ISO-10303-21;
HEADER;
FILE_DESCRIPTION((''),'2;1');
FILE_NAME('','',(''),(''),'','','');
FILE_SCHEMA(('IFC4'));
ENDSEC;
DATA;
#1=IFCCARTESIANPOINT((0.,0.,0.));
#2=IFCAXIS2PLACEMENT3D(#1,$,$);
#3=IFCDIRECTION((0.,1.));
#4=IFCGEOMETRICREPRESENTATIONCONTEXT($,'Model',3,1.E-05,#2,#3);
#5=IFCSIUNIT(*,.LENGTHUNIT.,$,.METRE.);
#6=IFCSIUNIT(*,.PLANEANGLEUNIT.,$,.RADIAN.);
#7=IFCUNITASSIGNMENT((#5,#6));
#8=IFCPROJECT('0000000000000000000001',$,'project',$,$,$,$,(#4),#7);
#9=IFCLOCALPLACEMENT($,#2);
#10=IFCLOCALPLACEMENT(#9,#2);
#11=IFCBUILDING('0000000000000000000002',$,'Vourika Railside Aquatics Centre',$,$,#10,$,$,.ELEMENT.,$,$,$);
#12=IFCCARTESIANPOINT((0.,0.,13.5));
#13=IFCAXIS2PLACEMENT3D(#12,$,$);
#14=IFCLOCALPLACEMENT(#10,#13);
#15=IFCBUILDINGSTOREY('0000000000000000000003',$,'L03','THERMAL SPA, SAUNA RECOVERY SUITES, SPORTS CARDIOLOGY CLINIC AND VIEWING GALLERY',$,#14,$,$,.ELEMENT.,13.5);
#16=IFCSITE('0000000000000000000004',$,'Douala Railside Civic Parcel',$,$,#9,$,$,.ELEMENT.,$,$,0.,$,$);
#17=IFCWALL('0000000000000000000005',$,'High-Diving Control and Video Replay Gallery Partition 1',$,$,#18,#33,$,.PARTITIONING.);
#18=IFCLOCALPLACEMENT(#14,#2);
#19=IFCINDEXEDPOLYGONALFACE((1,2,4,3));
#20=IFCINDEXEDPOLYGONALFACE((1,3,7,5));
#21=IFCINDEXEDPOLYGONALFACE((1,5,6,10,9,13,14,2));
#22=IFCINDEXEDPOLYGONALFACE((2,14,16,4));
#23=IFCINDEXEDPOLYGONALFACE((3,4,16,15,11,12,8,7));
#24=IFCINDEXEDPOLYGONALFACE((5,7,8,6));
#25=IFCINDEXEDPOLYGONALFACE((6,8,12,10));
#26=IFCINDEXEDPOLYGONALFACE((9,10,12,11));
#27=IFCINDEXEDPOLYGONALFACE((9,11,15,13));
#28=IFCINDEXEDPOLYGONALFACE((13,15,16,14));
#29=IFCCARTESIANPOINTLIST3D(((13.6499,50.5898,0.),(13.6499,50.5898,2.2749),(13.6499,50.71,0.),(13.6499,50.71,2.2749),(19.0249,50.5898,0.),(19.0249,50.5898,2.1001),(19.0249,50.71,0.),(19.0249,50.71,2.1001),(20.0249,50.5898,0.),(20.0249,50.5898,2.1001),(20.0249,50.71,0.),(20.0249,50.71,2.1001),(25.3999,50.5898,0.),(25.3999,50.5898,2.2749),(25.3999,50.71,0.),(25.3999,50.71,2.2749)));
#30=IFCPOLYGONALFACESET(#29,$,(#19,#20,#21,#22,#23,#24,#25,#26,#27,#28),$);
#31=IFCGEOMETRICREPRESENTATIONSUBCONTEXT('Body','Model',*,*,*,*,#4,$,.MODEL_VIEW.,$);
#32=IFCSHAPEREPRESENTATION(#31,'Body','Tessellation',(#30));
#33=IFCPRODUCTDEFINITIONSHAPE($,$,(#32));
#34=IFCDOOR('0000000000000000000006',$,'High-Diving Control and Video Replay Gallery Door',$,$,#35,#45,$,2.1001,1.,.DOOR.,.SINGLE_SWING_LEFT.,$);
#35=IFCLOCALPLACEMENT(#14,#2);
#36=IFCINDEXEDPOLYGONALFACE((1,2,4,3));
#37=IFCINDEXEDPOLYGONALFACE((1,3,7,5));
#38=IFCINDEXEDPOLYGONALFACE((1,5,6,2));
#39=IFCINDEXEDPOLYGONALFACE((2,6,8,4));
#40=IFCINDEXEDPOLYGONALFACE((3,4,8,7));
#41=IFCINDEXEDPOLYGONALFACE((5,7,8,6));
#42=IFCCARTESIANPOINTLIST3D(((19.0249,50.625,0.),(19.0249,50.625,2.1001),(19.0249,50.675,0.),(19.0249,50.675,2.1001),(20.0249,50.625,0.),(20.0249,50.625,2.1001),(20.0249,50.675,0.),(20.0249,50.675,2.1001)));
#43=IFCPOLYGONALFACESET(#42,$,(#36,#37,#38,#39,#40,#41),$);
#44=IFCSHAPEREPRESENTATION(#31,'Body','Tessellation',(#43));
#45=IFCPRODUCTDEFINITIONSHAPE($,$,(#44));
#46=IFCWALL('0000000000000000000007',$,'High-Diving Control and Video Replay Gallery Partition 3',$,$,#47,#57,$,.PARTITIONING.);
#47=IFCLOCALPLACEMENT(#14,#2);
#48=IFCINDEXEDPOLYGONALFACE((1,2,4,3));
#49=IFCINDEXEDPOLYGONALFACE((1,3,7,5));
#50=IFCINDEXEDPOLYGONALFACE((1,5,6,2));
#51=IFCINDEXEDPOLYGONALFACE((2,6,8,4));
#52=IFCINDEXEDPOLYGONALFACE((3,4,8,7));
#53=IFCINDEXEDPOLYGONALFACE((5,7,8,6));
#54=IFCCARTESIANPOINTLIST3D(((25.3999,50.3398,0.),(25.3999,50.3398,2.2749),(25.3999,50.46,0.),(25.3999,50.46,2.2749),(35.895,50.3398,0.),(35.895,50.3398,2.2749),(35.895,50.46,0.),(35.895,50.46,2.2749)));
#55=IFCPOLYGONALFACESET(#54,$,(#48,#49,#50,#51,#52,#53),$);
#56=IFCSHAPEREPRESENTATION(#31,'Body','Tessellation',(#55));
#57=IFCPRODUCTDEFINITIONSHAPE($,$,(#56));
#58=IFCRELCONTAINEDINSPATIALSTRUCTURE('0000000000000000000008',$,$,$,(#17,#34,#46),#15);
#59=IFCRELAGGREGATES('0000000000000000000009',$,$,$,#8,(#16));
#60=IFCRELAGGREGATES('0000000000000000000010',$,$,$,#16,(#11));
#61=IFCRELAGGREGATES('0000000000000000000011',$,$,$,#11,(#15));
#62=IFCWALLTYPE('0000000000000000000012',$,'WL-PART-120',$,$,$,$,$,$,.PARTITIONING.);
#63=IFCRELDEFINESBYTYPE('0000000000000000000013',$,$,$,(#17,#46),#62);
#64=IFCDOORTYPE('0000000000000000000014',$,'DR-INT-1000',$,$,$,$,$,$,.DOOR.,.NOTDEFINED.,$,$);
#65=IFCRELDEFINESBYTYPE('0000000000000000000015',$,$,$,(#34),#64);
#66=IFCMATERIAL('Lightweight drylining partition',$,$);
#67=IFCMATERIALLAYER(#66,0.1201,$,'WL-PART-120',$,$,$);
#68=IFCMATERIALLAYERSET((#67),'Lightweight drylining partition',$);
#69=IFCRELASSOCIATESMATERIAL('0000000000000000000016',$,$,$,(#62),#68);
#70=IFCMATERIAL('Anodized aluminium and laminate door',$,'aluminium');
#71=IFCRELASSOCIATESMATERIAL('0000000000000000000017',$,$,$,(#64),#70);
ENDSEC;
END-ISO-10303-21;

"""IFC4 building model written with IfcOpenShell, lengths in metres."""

from ifc_helpers import new_model, si_unit, direction, frame, frame_2d, origin, place, context, subcontext, project, spatial, rectangle, extrude, material, layer, layer_set, type_object, element, fill, save


model = new_model("IFC4")

# Units and contexts
model_context = context("Model", 3, precision=1e-05, world=origin(), true_north=direction((0.0, 1.0)))
body_context = subcontext(model_context, "Body", "Model", "MODEL_VIEW")
ifc_project = project(units=[si_unit("LENGTHUNIT", "METRE"), si_unit("PLANEANGLEUNIT", "RADIAN")], contexts=[model_context])

# Site, building, storey
site_placement = place(None, origin())
site = spatial("IfcSite", under=ifc_project, at=site_placement, Name="Douala Railside Civic Parcel", CompositionType="ELEMENT", RefElevation=0.0)
building_placement = place(site_placement, origin())
building = spatial("IfcBuilding", under=site, at=building_placement, Name="Vourika Railside Aquatics Centre", CompositionType="ELEMENT")
storey_placement = place(building_placement, frame((0.0, 0.0, 13.5)))
storey = spatial("IfcBuildingStorey", under=building, at=storey_placement, Name="L03", Description="THERMAL SPA, SAUNA RECOVERY SUITES, SPORTS CARDIOLOGY CLINIC AND VIEWING GALLERY", CompositionType="ELEMENT", Elevation=13.5)

# Wall, opening, door
ifc_material_1 = material(Name="Lightweight drylining partition")
ifc_layer_1 = layer(ifc_material_1, 0.1201, Name="WL-PART-120")
ifc_layer_set_1 = layer_set([ifc_layer_1], Name="Lightweight drylining partition")
wall_type_1 = type_object("IfcWallType", Name="WL-PART-120", PredefinedType="PARTITIONING", material=ifc_layer_set_1)
wall_1_placement = place(storey_placement, frame((25.3999, 50.6499, 0.0), z_axis=(0.0, 0.0, 1.0), x_axis=(-1.0, 0.0, 0.0)))
wall_1 = element("IfcWall", 1, at=wall_1_placement, inside=storey, type_object=wall_type_1, Name="High-Diving Control and Video Replay Gallery Partition 1", PredefinedType="PARTITIONING", context=body_context, shape_type="SweptSolid", body=[
    extrude(rectangle(XDim=11.75, YDim=0.1201, at=frame_2d((5.875, 0.0))), origin(), (0.0, 0.0, 1.0), 2.2749),
])
opening_1_placement = place(wall_1_placement, frame((5.375, 0.0, 0.0)))
opening_1 = element("IfcOpeningElement", 2, at=opening_1_placement, cuts=wall_1, PredefinedType="OPENING", context=body_context, shape_type="SweptSolid", body=[
    extrude(rectangle(XDim=1.0, YDim=2.1001, at=frame_2d((0.5, 1.05))), frame((0.0, 0.0701, 0.0), z_axis=(0.0, -1.0, 0.0), x_axis=(1.0, 0.0, 0.0)), (0.0, 0.0, 1.0), 0.1401),
])
ifc_material_2 = material(Name="Anodized aluminium and laminate door", Category="aluminium")
door_type_1 = type_object("IfcDoorType", Name="DR-INT-1000", OperationType="NOTDEFINED", PredefinedType="DOOR", material=ifc_material_2)
door_1_placement = place(opening_1_placement, origin())
door_1 = element("IfcDoor", 3, at=door_1_placement, inside=storey, type_object=door_type_1, Name="High-Diving Control and Video Replay Gallery Door", OperationType="SINGLE_SWING_LEFT", OverallHeight=2.1001, OverallWidth=1.0, PredefinedType="DOOR", context=body_context, shape_type="SweptSolid", body=[
    extrude(rectangle(XDim=1.0, YDim=2.1001, at=frame_2d((0.5, 1.05))), frame((0.0, 0.0249, 0.0), z_axis=(0.0, -1.0, 0.0), x_axis=(1.0, 0.0, 0.0)), (0.0, 0.0, 1.0), 0.05),
])
fill(opening_1, door_1)

# Wall
wall_2_placement = place(storey_placement, frame((35.895, 50.3999, 0.0), z_axis=(0.0, 0.0, 1.0), x_axis=(-1.0, 0.0, 0.0)))
element("IfcWall", 4, at=wall_2_placement, inside=storey, type_object=wall_type_1, Name="High-Diving Control and Video Replay Gallery Partition 3", PredefinedType="PARTITIONING", context=body_context, shape_type="SweptSolid", body=[
    extrude(rectangle(XDim=10.4951, YDim=0.1201, at=frame_2d((5.2476, 0.0))), origin(), (0.0, 0.0, 1.0), 2.2749),
])

save(model, "model.ifc")
